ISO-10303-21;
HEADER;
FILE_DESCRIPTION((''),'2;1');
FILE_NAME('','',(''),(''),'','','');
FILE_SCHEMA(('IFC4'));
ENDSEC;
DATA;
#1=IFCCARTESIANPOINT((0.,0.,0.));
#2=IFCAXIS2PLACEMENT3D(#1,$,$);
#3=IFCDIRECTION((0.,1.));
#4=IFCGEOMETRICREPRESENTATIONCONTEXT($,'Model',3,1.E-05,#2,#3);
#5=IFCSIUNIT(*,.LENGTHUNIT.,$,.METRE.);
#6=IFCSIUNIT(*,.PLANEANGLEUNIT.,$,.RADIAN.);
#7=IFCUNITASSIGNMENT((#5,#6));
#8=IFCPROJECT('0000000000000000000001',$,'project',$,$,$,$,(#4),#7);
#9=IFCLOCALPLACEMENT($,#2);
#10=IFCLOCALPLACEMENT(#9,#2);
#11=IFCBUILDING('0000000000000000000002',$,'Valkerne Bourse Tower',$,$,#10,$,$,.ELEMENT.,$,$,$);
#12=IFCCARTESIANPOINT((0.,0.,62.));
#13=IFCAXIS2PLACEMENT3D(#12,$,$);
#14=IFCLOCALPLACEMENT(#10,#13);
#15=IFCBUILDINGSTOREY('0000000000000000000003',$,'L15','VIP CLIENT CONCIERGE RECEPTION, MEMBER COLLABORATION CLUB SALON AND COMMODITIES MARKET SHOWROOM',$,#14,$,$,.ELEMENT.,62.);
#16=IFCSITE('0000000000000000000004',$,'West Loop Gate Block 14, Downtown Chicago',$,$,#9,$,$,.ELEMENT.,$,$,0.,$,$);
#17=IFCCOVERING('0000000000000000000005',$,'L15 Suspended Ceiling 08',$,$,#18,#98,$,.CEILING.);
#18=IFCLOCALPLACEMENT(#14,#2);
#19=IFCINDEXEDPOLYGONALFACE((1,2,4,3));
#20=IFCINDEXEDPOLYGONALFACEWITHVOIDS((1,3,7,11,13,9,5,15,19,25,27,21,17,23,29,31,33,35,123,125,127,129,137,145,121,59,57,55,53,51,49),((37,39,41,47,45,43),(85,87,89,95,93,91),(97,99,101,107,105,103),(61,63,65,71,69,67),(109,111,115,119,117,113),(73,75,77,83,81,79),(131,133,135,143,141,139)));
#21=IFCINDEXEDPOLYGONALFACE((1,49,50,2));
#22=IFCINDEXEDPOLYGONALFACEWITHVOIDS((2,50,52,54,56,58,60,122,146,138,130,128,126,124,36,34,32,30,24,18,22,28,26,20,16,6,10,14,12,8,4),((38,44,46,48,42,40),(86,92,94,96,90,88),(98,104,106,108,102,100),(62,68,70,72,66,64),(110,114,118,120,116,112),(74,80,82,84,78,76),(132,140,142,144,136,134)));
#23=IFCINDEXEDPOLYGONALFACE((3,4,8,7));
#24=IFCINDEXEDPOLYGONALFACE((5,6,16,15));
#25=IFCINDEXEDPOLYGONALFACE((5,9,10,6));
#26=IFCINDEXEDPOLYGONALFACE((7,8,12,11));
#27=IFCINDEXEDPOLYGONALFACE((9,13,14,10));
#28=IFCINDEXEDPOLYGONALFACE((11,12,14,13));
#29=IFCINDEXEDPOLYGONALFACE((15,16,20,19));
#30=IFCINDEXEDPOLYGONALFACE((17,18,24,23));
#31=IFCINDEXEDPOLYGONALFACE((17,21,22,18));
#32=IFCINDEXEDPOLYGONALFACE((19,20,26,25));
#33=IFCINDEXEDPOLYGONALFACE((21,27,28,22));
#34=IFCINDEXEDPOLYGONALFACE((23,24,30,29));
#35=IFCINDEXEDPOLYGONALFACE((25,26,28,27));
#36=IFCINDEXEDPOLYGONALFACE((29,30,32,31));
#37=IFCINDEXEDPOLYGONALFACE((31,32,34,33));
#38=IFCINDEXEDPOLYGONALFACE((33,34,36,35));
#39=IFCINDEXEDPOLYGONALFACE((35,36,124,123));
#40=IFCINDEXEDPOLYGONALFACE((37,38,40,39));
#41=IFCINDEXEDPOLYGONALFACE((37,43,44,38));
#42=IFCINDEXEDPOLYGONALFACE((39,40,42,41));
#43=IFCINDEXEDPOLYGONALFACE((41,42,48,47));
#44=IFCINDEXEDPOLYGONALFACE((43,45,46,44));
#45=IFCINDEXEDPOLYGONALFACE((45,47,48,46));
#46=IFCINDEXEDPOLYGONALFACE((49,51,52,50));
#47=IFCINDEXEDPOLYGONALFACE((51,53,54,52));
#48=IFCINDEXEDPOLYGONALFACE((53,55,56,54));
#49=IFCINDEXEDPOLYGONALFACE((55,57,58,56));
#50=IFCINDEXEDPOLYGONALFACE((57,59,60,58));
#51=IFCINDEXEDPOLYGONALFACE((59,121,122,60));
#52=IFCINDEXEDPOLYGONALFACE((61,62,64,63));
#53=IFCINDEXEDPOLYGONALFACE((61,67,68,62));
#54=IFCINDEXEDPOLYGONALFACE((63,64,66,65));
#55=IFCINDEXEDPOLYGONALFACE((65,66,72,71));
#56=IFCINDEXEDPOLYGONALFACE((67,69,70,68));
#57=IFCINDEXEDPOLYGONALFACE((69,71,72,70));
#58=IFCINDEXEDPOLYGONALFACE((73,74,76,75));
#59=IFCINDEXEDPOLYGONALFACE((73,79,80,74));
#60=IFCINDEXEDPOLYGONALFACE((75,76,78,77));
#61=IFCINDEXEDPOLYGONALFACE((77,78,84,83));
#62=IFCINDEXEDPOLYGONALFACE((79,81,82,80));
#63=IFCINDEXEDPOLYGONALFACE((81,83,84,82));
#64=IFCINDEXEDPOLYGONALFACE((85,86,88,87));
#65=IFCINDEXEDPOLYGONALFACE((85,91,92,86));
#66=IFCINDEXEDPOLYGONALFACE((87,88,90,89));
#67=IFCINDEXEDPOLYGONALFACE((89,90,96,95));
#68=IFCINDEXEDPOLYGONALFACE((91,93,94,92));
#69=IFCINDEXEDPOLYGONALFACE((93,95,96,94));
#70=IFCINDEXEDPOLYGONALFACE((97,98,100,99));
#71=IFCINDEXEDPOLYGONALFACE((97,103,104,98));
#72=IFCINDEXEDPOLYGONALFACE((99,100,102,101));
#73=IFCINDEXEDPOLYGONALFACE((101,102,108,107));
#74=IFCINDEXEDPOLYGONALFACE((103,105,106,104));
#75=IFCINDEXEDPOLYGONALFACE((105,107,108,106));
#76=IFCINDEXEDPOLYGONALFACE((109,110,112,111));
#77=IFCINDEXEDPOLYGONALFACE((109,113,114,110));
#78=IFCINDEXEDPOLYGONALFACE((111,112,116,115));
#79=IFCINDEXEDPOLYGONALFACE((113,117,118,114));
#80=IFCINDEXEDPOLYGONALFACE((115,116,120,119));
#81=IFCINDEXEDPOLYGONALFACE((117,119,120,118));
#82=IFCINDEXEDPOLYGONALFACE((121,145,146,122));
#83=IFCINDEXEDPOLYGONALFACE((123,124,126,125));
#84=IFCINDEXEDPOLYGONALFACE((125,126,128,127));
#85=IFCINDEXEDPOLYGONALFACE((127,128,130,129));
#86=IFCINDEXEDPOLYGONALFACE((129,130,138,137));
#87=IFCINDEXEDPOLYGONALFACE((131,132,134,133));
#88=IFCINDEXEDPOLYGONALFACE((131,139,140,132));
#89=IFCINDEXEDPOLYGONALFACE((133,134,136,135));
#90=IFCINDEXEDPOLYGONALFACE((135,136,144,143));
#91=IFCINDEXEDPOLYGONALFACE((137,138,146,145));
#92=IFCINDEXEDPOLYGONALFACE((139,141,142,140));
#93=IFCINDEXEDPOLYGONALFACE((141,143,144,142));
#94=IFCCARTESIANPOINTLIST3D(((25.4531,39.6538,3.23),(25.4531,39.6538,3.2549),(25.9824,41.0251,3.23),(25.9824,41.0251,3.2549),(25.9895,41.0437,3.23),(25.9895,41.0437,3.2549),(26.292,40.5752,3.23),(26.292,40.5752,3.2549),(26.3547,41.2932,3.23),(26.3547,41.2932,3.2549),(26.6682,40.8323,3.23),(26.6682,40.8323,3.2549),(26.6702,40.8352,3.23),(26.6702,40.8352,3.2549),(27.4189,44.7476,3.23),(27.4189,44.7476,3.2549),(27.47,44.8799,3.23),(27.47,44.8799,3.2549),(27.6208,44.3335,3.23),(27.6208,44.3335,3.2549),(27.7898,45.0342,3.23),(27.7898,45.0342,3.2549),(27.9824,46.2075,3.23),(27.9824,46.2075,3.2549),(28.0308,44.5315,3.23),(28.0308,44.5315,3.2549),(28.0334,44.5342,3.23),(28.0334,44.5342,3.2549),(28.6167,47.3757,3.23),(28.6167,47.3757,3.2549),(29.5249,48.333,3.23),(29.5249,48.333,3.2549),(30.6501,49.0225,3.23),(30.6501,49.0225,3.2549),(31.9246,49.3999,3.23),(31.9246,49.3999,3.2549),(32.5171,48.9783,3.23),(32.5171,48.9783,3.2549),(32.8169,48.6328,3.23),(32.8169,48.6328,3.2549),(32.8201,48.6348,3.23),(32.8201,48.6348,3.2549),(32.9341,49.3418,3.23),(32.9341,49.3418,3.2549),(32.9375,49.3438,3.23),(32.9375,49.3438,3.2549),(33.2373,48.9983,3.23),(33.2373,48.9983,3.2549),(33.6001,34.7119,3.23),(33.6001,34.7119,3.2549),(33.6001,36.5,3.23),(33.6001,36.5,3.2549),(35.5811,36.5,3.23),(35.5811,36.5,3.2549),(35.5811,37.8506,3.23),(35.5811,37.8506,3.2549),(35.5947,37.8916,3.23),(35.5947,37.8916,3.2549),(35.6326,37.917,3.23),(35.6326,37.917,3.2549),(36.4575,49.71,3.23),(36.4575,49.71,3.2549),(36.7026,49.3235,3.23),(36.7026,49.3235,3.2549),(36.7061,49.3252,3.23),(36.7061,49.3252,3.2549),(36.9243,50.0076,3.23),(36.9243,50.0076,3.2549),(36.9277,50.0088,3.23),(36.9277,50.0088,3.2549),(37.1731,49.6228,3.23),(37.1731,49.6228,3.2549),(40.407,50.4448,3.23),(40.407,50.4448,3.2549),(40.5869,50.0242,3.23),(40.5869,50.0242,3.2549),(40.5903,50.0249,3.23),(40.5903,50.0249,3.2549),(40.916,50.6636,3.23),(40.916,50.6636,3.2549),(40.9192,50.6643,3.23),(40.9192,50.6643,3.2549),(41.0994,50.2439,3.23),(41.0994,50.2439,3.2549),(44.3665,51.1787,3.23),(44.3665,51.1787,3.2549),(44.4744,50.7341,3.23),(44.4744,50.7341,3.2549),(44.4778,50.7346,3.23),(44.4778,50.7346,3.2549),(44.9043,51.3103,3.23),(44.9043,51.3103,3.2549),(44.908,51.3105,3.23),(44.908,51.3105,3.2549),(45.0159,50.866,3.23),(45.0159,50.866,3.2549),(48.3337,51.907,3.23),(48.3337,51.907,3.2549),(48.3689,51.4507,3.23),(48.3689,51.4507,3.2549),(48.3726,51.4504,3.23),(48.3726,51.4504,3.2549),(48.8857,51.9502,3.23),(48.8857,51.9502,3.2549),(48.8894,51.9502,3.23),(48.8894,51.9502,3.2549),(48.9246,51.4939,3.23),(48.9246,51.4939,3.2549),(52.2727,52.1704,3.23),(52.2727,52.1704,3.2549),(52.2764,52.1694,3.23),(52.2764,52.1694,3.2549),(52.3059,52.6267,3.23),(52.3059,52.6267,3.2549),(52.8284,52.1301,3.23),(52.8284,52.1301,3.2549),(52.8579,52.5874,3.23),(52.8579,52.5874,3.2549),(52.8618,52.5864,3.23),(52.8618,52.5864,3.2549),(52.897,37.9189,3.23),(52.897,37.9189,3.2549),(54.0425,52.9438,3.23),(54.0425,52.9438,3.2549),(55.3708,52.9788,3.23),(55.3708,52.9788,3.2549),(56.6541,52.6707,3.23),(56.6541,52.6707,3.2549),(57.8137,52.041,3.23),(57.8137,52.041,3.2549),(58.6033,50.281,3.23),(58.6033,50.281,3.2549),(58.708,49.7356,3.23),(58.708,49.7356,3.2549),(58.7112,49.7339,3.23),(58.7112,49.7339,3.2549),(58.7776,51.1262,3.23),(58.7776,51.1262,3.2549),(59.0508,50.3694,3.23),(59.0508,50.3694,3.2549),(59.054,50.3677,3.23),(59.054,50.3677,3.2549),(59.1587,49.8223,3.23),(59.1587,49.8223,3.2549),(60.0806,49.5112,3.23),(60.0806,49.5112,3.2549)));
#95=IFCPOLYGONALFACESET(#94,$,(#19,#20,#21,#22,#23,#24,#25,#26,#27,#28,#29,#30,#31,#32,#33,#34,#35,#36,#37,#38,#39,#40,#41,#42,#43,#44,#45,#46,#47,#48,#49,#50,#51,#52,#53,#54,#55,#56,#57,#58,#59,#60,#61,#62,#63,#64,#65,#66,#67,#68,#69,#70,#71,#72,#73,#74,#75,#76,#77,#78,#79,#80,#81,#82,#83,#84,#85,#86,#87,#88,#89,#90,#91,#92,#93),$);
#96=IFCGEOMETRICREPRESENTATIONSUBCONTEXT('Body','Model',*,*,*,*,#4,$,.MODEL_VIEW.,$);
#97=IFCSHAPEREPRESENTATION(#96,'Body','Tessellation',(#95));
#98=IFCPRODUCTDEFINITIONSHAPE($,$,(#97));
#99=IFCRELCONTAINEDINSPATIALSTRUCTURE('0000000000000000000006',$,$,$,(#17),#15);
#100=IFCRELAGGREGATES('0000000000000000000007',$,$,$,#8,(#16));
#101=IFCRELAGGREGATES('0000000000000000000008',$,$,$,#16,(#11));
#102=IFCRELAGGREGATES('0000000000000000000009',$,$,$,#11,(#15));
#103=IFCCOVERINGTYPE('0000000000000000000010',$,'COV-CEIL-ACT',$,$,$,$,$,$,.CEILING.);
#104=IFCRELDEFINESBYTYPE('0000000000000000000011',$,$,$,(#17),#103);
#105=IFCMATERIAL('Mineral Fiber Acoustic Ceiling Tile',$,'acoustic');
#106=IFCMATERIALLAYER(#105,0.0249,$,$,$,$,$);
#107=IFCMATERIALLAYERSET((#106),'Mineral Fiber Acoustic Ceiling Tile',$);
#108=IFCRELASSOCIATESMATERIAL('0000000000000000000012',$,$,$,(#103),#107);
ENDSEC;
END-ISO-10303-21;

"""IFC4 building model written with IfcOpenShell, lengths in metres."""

from ifc_helpers import new_model, si_unit, direction, frame, origin, place, context, subcontext, project, spatial, polyline, outline, extrude, material, layer, layer_set, type_object, element, save


model = new_model("IFC4")

# Units and contexts
model_context = context("Model", 3, precision=1e-05, world=origin(), true_north=direction((0.0, 1.0)))
body_context = subcontext(model_context, "Body", "Model", "MODEL_VIEW")
ifc_project = project(units=[si_unit("LENGTHUNIT", "METRE"), si_unit("PLANEANGLEUNIT", "RADIAN")], contexts=[model_context])

# Site, building, storey
site_placement = place(None, origin())
site = spatial("IfcSite", under=ifc_project, at=site_placement, Name="West Loop Gate Block 14, Downtown Chicago", CompositionType="ELEMENT", RefElevation=0.0)
building_placement = place(site_placement, origin())
building = spatial("IfcBuilding", under=site, at=building_placement, Name="Valkerne Bourse Tower", CompositionType="ELEMENT")
storey_placement = place(building_placement, frame((0.0, 0.0, 62.0)))
storey = spatial("IfcBuildingStorey", under=building, at=storey_placement, Name="L15", Description="VIP CLIENT CONCIERGE RECEPTION, MEMBER COLLABORATION CLUB SALON AND COMMODITIES MARKET SHOWROOM", CompositionType="ELEMENT", Elevation=62.0)

# Covering
ifc_material_1 = material(Name="Mineral Fiber Acoustic Ceiling Tile", Category="acoustic")
ifc_layer_1 = layer(ifc_material_1, 0.0249)
ifc_layer_set_1 = layer_set([ifc_layer_1], Name="Mineral Fiber Acoustic Ceiling Tile")
covering_type_1 = type_object("IfcCoveringType", Name="COV-CEIL-ACT", PredefinedType="CEILING", material=ifc_layer_set_1)
covering_1_placement = place(storey_placement, frame((0.0, 0.0, 3.23)))
element("IfcCovering", 1, at=covering_1_placement, inside=storey, type_object=covering_type_1, Name="L15 Suspended Ceiling 08", PredefinedType="CEILING", context=body_context, shape_type="SweptSolid", body=[
    extrude(outline(polyline([(29.5249, 48.333), (30.6501, 49.0225), (31.9246, 49.3999), (54.0425, 52.9438), (55.3708, 52.9788), (56.6541, 52.6707), (57.8137, 52.041), (58.7776, 51.1262), (60.0806, 49.5112), (52.897, 37.9189), (35.6326, 37.917), (35.5947, 37.8916), (35.5811, 37.8506), (35.5811, 36.5), (33.6001, 36.5), (33.6001, 34.7119), (25.4531, 39.6538), (25.9824, 41.0251), (26.292, 40.5752), (26.6682, 40.8323), (26.6702, 40.8352), (26.3547, 41.2932), (25.9895, 41.0437), (27.4189, 44.7476), (27.6208, 44.3335), (28.0308, 44.5315), (28.0334, 44.5342), (27.7898, 45.0342), (27.47, 44.8799), (27.9824, 46.2075), (28.6167, 47.3757), (29.5249, 48.333)]), holes=[polyline([(32.8201, 48.6348), (33.2373, 48.9983), (32.9375, 49.3438), (32.9341, 49.3418), (32.5171, 48.9783), (32.8169, 48.6328), (32.8201, 48.6348)]), polyline([(36.7061, 49.3252), (37.1731, 49.6228), (36.9277, 50.0088), (36.9243, 50.0076), (36.4575, 49.71), (36.7026, 49.3235), (36.7061, 49.3252)]), polyline([(40.5903, 50.0249), (41.0994, 50.2439), (40.9192, 50.6643), (40.916, 50.6636), (40.407, 50.4448), (40.5869, 50.0242), (40.5903, 50.0249)]), polyline([(45.0159, 50.866), (44.908, 51.3105), (44.9043, 51.3103), (44.3665, 51.1787), (44.4744, 50.7341), (44.4778, 50.7346), (45.0159, 50.866)]), polyline([(48.9246, 51.4939), (48.8894, 51.9502), (48.8857, 51.9502), (48.3337, 51.907), (48.3689, 51.4507), (48.3726, 51.4504), (48.9246, 51.4939)]), polyline([(52.8618, 52.5864), (52.8579, 52.5874), (52.3059, 52.6267), (52.2727, 52.1704), (52.2764, 52.1694), (52.8284, 52.1301), (52.8618, 52.5864)]), polyline([(59.1587, 49.8223), (59.054, 50.3677), (59.0508, 50.3694), (58.6033, 50.281), (58.708, 49.7356), (58.7112, 49.7339), (59.1587, 49.8223)])]), origin(), (0.0, 0.0, 1.0), 0.0249),
])

save(model, "model.ifc")
